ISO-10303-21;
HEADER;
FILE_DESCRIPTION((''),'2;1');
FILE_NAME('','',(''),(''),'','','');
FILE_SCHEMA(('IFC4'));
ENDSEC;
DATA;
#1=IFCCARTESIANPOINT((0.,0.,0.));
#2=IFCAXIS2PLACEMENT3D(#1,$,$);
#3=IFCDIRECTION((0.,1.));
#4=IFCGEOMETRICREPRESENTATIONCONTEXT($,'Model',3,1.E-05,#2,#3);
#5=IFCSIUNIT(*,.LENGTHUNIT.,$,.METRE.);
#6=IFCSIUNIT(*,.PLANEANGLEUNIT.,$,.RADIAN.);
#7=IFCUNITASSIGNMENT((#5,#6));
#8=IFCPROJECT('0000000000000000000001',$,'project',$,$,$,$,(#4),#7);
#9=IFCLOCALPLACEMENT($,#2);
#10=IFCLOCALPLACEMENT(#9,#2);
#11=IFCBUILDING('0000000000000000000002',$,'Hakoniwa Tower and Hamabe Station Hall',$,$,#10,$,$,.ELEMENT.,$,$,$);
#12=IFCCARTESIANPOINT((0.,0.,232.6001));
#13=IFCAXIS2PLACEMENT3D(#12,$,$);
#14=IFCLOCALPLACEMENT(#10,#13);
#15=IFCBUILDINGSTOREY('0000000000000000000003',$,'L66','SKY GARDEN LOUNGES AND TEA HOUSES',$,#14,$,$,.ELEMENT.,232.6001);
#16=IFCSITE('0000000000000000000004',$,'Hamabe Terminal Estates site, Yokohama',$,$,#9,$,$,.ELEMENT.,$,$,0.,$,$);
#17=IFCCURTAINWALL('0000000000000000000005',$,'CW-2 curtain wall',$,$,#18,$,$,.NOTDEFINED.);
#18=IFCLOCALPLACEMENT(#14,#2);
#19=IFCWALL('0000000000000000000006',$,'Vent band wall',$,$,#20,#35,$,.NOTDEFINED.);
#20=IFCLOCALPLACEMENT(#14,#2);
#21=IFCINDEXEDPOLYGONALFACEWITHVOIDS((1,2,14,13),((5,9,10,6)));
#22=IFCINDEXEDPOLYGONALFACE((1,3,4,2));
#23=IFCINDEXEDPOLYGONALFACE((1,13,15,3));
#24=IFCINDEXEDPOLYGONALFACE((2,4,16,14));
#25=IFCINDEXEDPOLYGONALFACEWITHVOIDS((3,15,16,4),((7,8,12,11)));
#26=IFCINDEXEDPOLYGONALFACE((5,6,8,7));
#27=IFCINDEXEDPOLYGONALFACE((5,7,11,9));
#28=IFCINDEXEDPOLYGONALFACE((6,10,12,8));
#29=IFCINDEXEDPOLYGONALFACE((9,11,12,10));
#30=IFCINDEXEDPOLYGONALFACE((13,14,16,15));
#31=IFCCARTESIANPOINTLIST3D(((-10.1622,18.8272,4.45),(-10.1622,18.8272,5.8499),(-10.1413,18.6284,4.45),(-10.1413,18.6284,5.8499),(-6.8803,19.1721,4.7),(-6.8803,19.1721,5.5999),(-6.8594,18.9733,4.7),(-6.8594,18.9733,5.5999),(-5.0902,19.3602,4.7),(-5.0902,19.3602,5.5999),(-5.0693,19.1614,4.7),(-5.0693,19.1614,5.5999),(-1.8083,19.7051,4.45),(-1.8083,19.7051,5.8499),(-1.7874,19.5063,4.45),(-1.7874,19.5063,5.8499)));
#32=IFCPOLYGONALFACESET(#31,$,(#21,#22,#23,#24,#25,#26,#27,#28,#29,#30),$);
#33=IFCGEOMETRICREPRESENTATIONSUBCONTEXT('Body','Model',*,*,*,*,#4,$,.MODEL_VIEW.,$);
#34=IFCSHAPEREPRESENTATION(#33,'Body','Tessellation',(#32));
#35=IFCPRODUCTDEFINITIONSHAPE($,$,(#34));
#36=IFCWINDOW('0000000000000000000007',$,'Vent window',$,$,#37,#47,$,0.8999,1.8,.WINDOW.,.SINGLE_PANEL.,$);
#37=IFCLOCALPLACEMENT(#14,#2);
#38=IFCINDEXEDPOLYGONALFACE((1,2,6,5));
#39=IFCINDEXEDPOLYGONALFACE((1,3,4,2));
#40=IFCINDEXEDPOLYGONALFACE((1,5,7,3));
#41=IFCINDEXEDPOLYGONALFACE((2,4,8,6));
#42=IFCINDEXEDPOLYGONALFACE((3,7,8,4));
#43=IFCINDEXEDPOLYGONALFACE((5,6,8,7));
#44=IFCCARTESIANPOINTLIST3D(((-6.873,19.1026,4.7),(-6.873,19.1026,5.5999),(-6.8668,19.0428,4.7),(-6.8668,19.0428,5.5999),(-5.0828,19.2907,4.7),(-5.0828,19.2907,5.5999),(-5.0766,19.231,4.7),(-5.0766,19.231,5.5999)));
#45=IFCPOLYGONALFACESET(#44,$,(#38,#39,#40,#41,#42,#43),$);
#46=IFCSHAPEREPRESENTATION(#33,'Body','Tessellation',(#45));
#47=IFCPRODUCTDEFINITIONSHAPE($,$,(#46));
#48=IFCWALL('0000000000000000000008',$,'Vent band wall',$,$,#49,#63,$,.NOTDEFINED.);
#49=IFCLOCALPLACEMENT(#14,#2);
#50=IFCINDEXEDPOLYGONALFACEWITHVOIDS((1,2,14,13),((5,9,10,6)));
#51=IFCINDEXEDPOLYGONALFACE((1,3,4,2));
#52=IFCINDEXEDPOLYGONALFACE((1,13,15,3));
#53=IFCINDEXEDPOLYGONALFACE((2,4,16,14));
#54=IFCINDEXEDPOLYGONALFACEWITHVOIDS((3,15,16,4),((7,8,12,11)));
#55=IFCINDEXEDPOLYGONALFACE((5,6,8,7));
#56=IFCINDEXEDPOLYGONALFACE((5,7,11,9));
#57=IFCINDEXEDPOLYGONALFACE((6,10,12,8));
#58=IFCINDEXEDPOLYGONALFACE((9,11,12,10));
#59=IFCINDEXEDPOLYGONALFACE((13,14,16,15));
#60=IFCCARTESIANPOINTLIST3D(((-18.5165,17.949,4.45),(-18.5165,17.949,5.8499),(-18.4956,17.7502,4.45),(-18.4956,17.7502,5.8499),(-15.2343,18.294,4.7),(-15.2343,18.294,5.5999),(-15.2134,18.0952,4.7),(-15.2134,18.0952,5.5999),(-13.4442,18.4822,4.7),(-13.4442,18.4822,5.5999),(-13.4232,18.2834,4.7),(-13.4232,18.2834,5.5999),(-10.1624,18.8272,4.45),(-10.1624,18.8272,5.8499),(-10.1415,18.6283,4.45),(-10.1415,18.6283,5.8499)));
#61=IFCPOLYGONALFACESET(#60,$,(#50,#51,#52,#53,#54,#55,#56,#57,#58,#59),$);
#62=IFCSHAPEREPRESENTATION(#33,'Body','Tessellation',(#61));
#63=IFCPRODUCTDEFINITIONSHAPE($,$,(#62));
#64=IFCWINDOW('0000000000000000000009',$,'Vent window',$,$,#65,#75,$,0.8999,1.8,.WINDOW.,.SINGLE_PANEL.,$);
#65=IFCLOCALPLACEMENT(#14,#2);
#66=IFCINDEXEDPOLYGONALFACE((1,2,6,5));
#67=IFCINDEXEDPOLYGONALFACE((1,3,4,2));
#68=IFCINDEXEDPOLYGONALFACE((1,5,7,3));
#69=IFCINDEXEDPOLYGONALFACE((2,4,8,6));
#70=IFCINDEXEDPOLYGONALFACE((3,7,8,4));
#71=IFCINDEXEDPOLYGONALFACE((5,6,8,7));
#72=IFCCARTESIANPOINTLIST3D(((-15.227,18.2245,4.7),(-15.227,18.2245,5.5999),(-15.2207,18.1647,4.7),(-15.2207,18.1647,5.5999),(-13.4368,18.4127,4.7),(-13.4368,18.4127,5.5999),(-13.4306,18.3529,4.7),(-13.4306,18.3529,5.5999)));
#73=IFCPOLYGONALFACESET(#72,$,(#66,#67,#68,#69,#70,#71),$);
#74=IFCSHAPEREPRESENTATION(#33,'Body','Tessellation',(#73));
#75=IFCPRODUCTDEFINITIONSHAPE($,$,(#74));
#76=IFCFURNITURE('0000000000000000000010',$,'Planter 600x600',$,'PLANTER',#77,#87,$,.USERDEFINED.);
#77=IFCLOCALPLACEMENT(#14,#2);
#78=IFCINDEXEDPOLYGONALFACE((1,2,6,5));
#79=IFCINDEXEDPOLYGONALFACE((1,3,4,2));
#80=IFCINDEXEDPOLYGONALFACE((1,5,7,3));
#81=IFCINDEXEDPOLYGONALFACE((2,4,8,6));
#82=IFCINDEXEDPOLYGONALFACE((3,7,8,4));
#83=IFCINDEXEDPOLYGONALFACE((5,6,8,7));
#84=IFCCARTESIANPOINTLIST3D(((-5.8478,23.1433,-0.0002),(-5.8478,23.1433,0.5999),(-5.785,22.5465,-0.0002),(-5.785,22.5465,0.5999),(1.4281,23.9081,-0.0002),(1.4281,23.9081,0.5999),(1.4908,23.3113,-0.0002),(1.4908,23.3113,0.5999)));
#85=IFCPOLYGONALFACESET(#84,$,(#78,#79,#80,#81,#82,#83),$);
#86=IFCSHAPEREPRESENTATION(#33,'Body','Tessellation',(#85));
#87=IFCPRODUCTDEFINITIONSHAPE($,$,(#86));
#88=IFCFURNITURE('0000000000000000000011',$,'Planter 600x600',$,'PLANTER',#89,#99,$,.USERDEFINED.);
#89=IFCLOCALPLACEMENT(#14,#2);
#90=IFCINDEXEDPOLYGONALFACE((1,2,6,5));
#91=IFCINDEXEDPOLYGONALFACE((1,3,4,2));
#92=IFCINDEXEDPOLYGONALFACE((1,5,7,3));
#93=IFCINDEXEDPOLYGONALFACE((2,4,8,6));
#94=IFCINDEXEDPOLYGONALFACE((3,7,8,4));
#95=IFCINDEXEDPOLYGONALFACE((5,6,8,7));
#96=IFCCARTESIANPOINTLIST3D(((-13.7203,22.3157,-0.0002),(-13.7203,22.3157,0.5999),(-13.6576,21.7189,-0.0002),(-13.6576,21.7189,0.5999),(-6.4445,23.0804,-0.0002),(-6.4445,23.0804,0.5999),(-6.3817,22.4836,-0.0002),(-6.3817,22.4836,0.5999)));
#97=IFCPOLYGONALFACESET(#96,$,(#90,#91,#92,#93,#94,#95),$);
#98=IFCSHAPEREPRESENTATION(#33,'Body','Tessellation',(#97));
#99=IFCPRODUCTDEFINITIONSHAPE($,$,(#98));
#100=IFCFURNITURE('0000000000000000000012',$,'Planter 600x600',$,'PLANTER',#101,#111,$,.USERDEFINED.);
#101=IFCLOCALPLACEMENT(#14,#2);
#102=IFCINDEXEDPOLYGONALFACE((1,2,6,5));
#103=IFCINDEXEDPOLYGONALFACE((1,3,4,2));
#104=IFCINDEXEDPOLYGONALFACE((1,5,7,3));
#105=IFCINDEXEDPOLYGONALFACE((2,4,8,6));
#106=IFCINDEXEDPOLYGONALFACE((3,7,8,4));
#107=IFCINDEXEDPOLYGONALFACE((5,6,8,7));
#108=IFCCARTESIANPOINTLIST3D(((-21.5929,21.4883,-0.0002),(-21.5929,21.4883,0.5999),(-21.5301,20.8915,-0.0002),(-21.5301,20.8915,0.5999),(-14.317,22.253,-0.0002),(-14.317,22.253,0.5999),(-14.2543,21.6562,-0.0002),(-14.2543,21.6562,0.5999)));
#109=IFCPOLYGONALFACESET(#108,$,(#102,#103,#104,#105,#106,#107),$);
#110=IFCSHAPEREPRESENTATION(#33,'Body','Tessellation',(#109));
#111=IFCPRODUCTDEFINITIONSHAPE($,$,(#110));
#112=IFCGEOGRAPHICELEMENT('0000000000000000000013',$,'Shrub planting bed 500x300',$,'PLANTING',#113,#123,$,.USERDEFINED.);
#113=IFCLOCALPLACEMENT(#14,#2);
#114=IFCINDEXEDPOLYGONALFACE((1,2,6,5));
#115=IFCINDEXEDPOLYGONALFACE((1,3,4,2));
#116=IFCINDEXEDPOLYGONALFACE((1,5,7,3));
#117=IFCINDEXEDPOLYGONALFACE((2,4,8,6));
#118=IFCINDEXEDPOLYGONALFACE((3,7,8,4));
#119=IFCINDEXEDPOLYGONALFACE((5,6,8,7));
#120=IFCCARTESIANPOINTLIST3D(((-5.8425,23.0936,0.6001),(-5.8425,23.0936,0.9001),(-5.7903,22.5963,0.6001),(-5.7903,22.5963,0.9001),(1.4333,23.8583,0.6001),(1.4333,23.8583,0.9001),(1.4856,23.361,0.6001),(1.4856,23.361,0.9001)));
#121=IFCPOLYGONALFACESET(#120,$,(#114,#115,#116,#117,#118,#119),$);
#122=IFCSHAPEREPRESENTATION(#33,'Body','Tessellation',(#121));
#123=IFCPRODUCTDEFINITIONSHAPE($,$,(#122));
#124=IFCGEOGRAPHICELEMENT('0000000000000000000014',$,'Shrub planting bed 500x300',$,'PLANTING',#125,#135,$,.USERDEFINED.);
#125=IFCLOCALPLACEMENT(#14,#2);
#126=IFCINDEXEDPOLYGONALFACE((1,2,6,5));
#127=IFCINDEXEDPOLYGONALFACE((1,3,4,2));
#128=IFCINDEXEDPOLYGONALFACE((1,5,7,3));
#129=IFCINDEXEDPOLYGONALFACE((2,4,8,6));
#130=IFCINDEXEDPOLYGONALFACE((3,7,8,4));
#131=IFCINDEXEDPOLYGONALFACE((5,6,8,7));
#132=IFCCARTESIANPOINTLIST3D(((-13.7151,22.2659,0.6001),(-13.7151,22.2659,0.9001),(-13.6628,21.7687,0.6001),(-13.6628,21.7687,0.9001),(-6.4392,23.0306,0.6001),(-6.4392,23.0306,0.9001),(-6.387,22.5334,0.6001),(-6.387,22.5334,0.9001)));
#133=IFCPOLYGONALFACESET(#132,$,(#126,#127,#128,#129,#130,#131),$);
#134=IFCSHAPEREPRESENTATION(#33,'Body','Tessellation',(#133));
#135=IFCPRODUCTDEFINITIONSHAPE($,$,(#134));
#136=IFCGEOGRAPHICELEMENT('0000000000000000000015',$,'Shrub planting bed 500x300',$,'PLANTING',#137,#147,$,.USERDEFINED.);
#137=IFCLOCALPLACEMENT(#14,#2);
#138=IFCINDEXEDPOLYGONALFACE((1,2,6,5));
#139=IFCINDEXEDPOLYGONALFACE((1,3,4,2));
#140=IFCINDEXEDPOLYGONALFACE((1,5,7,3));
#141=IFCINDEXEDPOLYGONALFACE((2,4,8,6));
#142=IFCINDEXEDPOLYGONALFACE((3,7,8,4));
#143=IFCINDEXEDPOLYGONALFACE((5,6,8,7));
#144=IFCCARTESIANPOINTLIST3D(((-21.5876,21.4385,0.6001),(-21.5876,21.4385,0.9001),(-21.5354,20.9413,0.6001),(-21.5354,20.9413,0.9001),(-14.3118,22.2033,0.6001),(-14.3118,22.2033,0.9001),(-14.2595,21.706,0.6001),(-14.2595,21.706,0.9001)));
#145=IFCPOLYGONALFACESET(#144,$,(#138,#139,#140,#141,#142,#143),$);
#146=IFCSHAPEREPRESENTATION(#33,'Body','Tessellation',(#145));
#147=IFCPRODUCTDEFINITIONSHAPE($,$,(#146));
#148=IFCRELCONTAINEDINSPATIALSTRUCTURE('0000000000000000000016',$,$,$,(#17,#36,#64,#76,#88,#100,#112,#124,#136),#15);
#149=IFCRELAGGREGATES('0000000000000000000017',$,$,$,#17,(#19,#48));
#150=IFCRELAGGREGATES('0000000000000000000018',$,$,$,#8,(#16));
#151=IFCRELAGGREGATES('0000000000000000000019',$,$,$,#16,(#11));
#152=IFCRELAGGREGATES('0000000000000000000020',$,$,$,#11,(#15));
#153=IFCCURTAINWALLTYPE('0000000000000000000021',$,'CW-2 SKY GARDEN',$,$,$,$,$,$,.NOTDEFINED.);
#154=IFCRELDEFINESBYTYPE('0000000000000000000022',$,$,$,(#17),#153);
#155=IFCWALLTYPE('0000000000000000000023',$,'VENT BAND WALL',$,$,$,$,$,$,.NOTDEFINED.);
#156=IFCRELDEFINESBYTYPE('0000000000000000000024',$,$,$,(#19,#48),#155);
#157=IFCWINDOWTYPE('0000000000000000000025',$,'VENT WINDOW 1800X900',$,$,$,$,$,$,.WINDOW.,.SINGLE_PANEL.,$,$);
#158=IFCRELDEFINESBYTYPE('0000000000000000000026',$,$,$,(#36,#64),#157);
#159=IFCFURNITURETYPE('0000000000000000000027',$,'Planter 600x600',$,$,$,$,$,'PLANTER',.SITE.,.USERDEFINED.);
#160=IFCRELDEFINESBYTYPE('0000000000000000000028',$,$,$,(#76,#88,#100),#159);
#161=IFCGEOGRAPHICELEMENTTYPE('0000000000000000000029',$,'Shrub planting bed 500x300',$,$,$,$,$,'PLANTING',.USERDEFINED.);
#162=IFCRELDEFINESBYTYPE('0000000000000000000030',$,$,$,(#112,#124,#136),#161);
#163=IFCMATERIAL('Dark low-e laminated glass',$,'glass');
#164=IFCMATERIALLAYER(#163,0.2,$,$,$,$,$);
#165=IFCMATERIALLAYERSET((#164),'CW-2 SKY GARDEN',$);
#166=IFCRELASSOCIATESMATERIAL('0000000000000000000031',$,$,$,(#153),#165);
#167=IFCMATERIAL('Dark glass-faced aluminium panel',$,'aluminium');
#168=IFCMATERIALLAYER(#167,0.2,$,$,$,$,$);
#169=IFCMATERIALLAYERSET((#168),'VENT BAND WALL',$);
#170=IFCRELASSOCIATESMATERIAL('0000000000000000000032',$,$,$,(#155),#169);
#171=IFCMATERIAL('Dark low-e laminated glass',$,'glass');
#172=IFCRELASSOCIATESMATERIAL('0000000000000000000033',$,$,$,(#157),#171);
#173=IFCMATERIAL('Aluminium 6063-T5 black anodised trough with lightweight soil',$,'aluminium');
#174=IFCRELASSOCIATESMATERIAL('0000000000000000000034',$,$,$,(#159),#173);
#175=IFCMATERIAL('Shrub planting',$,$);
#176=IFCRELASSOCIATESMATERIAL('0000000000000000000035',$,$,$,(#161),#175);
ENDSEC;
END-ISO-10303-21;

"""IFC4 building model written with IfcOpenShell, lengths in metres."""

from ifc_helpers import new_model, si_unit, direction, frame, frame_2d, origin, origin_2d, place, context, subcontext, project, spatial, rectangle, extrude, material, layer, layer_set, type_object, element, fill, aggregate, save


model = new_model("IFC4")

# Units and contexts
model_context = context("Model", 3, precision=1e-05, world=origin(), true_north=direction((0.0, 1.0)))
body_context = subcontext(model_context, "Body", "Model", "MODEL_VIEW")
ifc_project = project(units=[si_unit("LENGTHUNIT", "METRE"), si_unit("PLANEANGLEUNIT", "RADIAN")], contexts=[model_context])

# Site, building, storey
site_placement = place(None, origin())
site = spatial("IfcSite", under=ifc_project, at=site_placement, Name="Hamabe Terminal Estates site, Yokohama", CompositionType="ELEMENT", RefElevation=0.0)
building_placement = place(site_placement, origin())
building = spatial("IfcBuilding", under=site, at=building_placement, Name="Hakoniwa Tower and Hamabe Station Hall", CompositionType="ELEMENT")
storey_placement = place(building_placement, frame((0.0, 0.0, 232.6001)))
storey = spatial("IfcBuildingStorey", under=building, at=storey_placement, Name="L66", Description="SKY GARDEN LOUNGES AND TEA HOUSES", CompositionType="ELEMENT", Elevation=232.6001)

# Curtain wall, walls, openings, windows
ifc_material_1 = material(Name="Dark low-e laminated glass", Category="glass")
ifc_layer_1 = layer(ifc_material_1, 0.2)
ifc_layer_set_1 = layer_set([ifc_layer_1], Name="CW-2 SKY GARDEN")
curtain_wall_type = type_object("IfcCurtainWallType", Name="CW-2 SKY GARDEN", PredefinedType="NOTDEFINED", material=ifc_layer_set_1)
curtain_wall_placement = place(storey_placement, origin())
curtain_wall = element("IfcCurtainWall", 1, at=curtain_wall_placement, inside=storey, type_object=curtain_wall_type, Name="CW-2 curtain wall", PredefinedType="NOTDEFINED")
ifc_material_2 = material(Name="Dark glass-faced aluminium panel", Category="aluminium")
ifc_layer_2 = layer(ifc_material_2, 0.2)
ifc_layer_set_2 = layer_set([ifc_layer_2], Name="VENT BAND WALL")
wall_type_1 = type_object("IfcWallType", Name="VENT BAND WALL", PredefinedType="NOTDEFINED", material=ifc_layer_set_2)
wall_1_placement = place(storey_placement, frame((-1.7979, 19.6057, 4.45), z_axis=(0.0, 0.0, 1.0), x_axis=(-0.994523, -0.104515, 0.0)))
wall_1 = element("IfcWall", 2, at=wall_1_placement, type_object=wall_type_1, Name="Vent band wall", PredefinedType="NOTDEFINED", context=body_context, shape_type="SweptSolid", body=[
    extrude(rectangle(XDim=8.3999, YDim=0.2, at=frame_2d((4.2, 0.0))), origin(), (0.0, 0.0, 1.0), 1.3999),
])
opening_1_placement = place(wall_1_placement, frame((3.3, 0.0, 0.25)))
opening_1 = element("IfcOpeningElement", 3, at=opening_1_placement, cuts=wall_1, PredefinedType="OPENING", context=body_context, shape_type="SweptSolid", body=[
    extrude(rectangle(XDim=1.8, YDim=0.8999, at=frame_2d((0.8999, 0.45))), frame((0.0, 0.1099, 0.0), z_axis=(0.0, -1.0, 0.0), x_axis=(1.0, 0.0, 0.0)), (0.0, 0.0, 1.0), 0.22),
])
ifc_material_3 = material(Name="Dark low-e laminated glass", Category="glass")
window_type = type_object("IfcWindowType", Name="VENT WINDOW 1800X900", PartitioningType="SINGLE_PANEL", PredefinedType="WINDOW", material=ifc_material_3)
window_1_placement = place(opening_1_placement, origin())
window_1 = element("IfcWindow", 4, at=window_1_placement, inside=storey, type_object=window_type, Name="Vent window", OverallHeight=0.8999, OverallWidth=1.8, PartitioningType="SINGLE_PANEL", PredefinedType="WINDOW", context=body_context, shape_type="SweptSolid", body=[
    extrude(rectangle(XDim=1.8, YDim=0.8999, at=frame_2d((0.8999, 0.45))), frame((0.0, 0.03, 0.0), z_axis=(0.0, -1.0, 0.0), x_axis=(1.0, 0.0, 0.0)), (0.0, 0.0, 1.0), 0.0601),
])
fill(opening_1, window_1)
wall_2_placement = place(storey_placement, frame((-10.1519, 18.7278, 4.45), z_axis=(0.0, 0.0, 1.0), x_axis=(-0.99452, -0.104544, 0.0)))
wall_2 = element("IfcWall", 5, at=wall_2_placement, type_object=wall_type_1, Name="Vent band wall", PredefinedType="NOTDEFINED", context=body_context, shape_type="SweptSolid", body=[
    extrude(rectangle(XDim=8.4001, YDim=0.2, at=frame_2d((4.2002, 0.0))), origin(), (0.0, 0.0, 1.0), 1.3999),
])
opening_2_placement = place(wall_2_placement, frame((3.3, 0.0, 0.25)))
opening_2 = element("IfcOpeningElement", 6, at=opening_2_placement, cuts=wall_2, PredefinedType="OPENING", context=body_context, shape_type="SweptSolid", body=[
    extrude(rectangle(XDim=1.8, YDim=0.8999, at=frame_2d((0.8999, 0.45))), frame((0.0, 0.1099, 0.0), z_axis=(0.0, -1.0, 0.0), x_axis=(1.0, 0.0, 0.0)), (0.0, 0.0, 1.0), 0.22),
])
window_2_placement = place(opening_2_placement, origin())
window_2 = element("IfcWindow", 7, at=window_2_placement, inside=storey, type_object=window_type, Name="Vent window", OverallHeight=0.8999, OverallWidth=1.8, PartitioningType="SINGLE_PANEL", PredefinedType="WINDOW", context=body_context, shape_type="SweptSolid", body=[
    extrude(rectangle(XDim=1.8, YDim=0.8999, at=frame_2d((0.8999, 0.45))), frame((0.0, 0.03, 0.0), z_axis=(0.0, -1.0, 0.0), x_axis=(1.0, 0.0, 0.0)), (0.0, 0.0, 1.0), 0.0601),
])
fill(opening_2, window_2)
aggregate(curtain_wall, [wall_1, wall_2])

# Furniture
ifc_material_4 = material(Name="Aluminium 6063-T5 black anodised trough with lightweight soil", Category="aluminium")
furniture_type = type_object("IfcFurnitureType", Name="Planter 600x600", ElementType="PLANTER", AssemblyPlace="SITE", PredefinedType="USERDEFINED", material=ifc_material_4)
for number, where, z_axis, x_axis, name in (
    (8, (-2.1785, 23.2273, -0.0002), (0.0, 0.0, 1.0), (-0.994522, -0.104528, 0.0), "Planter 600x600"),
    (9, (-10.051, 22.3997, -0.0002), (0.0, 0.0, 1.0), (-0.994522, -0.104528, 0.0), "Planter 600x600"),
    (10, (-17.9236, 21.5723, -0.0002), (0.0, 0.0, 1.0), (-0.994522, -0.104528, 0.0), "Planter 600x600"),
):
    element("IfcFurniture", number, at=place(storey_placement, frame(where, z_axis=z_axis, x_axis=x_axis)), inside=storey, type_object=furniture_type, Name=name, ObjectType="PLANTER", PredefinedType="USERDEFINED", context=body_context, shape_type="SweptSolid", body=[
        extrude(rectangle(XDim=7.3159, YDim=0.6001, at=origin_2d()), origin(), (0.0, 0.0, 1.0), 0.6001),
    ])

# Geographic elements
ifc_material_5 = material(Name="Shrub planting")
geographic_element_type = type_object("IfcGeographicElementType", Name="Shrub planting bed 500x300", ElementType="PLANTING", PredefinedType="USERDEFINED", material=ifc_material_5)
for number, where, z_axis, x_axis, name in (
    (11, (-2.1785, 23.2273, 0.6001), (0.0, 0.0, 1.0), (-0.994522, -0.104528, 0.0), "Shrub planting bed 500x300"),
    (12, (-10.051, 22.3997, 0.6001), (0.0, 0.0, 1.0), (-0.994522, -0.104528, 0.0), "Shrub planting bed 500x300"),
    (13, (-17.9236, 21.5723, 0.6001), (0.0, 0.0, 1.0), (-0.994522, -0.104528, 0.0), "Shrub planting bed 500x300"),
):
    element("IfcGeographicElement", number, at=place(storey_placement, frame(where, z_axis=z_axis, x_axis=x_axis)), inside=storey, type_object=geographic_element_type, Name=name, ObjectType="PLANTING", PredefinedType="USERDEFINED", context=body_context, shape_type="SweptSolid", body=[
        extrude(rectangle(XDim=7.3159, YDim=0.5, at=origin_2d()), origin(), (0.0, 0.0, 1.0), 0.3),
    ])

save(model, "model.ifc")
